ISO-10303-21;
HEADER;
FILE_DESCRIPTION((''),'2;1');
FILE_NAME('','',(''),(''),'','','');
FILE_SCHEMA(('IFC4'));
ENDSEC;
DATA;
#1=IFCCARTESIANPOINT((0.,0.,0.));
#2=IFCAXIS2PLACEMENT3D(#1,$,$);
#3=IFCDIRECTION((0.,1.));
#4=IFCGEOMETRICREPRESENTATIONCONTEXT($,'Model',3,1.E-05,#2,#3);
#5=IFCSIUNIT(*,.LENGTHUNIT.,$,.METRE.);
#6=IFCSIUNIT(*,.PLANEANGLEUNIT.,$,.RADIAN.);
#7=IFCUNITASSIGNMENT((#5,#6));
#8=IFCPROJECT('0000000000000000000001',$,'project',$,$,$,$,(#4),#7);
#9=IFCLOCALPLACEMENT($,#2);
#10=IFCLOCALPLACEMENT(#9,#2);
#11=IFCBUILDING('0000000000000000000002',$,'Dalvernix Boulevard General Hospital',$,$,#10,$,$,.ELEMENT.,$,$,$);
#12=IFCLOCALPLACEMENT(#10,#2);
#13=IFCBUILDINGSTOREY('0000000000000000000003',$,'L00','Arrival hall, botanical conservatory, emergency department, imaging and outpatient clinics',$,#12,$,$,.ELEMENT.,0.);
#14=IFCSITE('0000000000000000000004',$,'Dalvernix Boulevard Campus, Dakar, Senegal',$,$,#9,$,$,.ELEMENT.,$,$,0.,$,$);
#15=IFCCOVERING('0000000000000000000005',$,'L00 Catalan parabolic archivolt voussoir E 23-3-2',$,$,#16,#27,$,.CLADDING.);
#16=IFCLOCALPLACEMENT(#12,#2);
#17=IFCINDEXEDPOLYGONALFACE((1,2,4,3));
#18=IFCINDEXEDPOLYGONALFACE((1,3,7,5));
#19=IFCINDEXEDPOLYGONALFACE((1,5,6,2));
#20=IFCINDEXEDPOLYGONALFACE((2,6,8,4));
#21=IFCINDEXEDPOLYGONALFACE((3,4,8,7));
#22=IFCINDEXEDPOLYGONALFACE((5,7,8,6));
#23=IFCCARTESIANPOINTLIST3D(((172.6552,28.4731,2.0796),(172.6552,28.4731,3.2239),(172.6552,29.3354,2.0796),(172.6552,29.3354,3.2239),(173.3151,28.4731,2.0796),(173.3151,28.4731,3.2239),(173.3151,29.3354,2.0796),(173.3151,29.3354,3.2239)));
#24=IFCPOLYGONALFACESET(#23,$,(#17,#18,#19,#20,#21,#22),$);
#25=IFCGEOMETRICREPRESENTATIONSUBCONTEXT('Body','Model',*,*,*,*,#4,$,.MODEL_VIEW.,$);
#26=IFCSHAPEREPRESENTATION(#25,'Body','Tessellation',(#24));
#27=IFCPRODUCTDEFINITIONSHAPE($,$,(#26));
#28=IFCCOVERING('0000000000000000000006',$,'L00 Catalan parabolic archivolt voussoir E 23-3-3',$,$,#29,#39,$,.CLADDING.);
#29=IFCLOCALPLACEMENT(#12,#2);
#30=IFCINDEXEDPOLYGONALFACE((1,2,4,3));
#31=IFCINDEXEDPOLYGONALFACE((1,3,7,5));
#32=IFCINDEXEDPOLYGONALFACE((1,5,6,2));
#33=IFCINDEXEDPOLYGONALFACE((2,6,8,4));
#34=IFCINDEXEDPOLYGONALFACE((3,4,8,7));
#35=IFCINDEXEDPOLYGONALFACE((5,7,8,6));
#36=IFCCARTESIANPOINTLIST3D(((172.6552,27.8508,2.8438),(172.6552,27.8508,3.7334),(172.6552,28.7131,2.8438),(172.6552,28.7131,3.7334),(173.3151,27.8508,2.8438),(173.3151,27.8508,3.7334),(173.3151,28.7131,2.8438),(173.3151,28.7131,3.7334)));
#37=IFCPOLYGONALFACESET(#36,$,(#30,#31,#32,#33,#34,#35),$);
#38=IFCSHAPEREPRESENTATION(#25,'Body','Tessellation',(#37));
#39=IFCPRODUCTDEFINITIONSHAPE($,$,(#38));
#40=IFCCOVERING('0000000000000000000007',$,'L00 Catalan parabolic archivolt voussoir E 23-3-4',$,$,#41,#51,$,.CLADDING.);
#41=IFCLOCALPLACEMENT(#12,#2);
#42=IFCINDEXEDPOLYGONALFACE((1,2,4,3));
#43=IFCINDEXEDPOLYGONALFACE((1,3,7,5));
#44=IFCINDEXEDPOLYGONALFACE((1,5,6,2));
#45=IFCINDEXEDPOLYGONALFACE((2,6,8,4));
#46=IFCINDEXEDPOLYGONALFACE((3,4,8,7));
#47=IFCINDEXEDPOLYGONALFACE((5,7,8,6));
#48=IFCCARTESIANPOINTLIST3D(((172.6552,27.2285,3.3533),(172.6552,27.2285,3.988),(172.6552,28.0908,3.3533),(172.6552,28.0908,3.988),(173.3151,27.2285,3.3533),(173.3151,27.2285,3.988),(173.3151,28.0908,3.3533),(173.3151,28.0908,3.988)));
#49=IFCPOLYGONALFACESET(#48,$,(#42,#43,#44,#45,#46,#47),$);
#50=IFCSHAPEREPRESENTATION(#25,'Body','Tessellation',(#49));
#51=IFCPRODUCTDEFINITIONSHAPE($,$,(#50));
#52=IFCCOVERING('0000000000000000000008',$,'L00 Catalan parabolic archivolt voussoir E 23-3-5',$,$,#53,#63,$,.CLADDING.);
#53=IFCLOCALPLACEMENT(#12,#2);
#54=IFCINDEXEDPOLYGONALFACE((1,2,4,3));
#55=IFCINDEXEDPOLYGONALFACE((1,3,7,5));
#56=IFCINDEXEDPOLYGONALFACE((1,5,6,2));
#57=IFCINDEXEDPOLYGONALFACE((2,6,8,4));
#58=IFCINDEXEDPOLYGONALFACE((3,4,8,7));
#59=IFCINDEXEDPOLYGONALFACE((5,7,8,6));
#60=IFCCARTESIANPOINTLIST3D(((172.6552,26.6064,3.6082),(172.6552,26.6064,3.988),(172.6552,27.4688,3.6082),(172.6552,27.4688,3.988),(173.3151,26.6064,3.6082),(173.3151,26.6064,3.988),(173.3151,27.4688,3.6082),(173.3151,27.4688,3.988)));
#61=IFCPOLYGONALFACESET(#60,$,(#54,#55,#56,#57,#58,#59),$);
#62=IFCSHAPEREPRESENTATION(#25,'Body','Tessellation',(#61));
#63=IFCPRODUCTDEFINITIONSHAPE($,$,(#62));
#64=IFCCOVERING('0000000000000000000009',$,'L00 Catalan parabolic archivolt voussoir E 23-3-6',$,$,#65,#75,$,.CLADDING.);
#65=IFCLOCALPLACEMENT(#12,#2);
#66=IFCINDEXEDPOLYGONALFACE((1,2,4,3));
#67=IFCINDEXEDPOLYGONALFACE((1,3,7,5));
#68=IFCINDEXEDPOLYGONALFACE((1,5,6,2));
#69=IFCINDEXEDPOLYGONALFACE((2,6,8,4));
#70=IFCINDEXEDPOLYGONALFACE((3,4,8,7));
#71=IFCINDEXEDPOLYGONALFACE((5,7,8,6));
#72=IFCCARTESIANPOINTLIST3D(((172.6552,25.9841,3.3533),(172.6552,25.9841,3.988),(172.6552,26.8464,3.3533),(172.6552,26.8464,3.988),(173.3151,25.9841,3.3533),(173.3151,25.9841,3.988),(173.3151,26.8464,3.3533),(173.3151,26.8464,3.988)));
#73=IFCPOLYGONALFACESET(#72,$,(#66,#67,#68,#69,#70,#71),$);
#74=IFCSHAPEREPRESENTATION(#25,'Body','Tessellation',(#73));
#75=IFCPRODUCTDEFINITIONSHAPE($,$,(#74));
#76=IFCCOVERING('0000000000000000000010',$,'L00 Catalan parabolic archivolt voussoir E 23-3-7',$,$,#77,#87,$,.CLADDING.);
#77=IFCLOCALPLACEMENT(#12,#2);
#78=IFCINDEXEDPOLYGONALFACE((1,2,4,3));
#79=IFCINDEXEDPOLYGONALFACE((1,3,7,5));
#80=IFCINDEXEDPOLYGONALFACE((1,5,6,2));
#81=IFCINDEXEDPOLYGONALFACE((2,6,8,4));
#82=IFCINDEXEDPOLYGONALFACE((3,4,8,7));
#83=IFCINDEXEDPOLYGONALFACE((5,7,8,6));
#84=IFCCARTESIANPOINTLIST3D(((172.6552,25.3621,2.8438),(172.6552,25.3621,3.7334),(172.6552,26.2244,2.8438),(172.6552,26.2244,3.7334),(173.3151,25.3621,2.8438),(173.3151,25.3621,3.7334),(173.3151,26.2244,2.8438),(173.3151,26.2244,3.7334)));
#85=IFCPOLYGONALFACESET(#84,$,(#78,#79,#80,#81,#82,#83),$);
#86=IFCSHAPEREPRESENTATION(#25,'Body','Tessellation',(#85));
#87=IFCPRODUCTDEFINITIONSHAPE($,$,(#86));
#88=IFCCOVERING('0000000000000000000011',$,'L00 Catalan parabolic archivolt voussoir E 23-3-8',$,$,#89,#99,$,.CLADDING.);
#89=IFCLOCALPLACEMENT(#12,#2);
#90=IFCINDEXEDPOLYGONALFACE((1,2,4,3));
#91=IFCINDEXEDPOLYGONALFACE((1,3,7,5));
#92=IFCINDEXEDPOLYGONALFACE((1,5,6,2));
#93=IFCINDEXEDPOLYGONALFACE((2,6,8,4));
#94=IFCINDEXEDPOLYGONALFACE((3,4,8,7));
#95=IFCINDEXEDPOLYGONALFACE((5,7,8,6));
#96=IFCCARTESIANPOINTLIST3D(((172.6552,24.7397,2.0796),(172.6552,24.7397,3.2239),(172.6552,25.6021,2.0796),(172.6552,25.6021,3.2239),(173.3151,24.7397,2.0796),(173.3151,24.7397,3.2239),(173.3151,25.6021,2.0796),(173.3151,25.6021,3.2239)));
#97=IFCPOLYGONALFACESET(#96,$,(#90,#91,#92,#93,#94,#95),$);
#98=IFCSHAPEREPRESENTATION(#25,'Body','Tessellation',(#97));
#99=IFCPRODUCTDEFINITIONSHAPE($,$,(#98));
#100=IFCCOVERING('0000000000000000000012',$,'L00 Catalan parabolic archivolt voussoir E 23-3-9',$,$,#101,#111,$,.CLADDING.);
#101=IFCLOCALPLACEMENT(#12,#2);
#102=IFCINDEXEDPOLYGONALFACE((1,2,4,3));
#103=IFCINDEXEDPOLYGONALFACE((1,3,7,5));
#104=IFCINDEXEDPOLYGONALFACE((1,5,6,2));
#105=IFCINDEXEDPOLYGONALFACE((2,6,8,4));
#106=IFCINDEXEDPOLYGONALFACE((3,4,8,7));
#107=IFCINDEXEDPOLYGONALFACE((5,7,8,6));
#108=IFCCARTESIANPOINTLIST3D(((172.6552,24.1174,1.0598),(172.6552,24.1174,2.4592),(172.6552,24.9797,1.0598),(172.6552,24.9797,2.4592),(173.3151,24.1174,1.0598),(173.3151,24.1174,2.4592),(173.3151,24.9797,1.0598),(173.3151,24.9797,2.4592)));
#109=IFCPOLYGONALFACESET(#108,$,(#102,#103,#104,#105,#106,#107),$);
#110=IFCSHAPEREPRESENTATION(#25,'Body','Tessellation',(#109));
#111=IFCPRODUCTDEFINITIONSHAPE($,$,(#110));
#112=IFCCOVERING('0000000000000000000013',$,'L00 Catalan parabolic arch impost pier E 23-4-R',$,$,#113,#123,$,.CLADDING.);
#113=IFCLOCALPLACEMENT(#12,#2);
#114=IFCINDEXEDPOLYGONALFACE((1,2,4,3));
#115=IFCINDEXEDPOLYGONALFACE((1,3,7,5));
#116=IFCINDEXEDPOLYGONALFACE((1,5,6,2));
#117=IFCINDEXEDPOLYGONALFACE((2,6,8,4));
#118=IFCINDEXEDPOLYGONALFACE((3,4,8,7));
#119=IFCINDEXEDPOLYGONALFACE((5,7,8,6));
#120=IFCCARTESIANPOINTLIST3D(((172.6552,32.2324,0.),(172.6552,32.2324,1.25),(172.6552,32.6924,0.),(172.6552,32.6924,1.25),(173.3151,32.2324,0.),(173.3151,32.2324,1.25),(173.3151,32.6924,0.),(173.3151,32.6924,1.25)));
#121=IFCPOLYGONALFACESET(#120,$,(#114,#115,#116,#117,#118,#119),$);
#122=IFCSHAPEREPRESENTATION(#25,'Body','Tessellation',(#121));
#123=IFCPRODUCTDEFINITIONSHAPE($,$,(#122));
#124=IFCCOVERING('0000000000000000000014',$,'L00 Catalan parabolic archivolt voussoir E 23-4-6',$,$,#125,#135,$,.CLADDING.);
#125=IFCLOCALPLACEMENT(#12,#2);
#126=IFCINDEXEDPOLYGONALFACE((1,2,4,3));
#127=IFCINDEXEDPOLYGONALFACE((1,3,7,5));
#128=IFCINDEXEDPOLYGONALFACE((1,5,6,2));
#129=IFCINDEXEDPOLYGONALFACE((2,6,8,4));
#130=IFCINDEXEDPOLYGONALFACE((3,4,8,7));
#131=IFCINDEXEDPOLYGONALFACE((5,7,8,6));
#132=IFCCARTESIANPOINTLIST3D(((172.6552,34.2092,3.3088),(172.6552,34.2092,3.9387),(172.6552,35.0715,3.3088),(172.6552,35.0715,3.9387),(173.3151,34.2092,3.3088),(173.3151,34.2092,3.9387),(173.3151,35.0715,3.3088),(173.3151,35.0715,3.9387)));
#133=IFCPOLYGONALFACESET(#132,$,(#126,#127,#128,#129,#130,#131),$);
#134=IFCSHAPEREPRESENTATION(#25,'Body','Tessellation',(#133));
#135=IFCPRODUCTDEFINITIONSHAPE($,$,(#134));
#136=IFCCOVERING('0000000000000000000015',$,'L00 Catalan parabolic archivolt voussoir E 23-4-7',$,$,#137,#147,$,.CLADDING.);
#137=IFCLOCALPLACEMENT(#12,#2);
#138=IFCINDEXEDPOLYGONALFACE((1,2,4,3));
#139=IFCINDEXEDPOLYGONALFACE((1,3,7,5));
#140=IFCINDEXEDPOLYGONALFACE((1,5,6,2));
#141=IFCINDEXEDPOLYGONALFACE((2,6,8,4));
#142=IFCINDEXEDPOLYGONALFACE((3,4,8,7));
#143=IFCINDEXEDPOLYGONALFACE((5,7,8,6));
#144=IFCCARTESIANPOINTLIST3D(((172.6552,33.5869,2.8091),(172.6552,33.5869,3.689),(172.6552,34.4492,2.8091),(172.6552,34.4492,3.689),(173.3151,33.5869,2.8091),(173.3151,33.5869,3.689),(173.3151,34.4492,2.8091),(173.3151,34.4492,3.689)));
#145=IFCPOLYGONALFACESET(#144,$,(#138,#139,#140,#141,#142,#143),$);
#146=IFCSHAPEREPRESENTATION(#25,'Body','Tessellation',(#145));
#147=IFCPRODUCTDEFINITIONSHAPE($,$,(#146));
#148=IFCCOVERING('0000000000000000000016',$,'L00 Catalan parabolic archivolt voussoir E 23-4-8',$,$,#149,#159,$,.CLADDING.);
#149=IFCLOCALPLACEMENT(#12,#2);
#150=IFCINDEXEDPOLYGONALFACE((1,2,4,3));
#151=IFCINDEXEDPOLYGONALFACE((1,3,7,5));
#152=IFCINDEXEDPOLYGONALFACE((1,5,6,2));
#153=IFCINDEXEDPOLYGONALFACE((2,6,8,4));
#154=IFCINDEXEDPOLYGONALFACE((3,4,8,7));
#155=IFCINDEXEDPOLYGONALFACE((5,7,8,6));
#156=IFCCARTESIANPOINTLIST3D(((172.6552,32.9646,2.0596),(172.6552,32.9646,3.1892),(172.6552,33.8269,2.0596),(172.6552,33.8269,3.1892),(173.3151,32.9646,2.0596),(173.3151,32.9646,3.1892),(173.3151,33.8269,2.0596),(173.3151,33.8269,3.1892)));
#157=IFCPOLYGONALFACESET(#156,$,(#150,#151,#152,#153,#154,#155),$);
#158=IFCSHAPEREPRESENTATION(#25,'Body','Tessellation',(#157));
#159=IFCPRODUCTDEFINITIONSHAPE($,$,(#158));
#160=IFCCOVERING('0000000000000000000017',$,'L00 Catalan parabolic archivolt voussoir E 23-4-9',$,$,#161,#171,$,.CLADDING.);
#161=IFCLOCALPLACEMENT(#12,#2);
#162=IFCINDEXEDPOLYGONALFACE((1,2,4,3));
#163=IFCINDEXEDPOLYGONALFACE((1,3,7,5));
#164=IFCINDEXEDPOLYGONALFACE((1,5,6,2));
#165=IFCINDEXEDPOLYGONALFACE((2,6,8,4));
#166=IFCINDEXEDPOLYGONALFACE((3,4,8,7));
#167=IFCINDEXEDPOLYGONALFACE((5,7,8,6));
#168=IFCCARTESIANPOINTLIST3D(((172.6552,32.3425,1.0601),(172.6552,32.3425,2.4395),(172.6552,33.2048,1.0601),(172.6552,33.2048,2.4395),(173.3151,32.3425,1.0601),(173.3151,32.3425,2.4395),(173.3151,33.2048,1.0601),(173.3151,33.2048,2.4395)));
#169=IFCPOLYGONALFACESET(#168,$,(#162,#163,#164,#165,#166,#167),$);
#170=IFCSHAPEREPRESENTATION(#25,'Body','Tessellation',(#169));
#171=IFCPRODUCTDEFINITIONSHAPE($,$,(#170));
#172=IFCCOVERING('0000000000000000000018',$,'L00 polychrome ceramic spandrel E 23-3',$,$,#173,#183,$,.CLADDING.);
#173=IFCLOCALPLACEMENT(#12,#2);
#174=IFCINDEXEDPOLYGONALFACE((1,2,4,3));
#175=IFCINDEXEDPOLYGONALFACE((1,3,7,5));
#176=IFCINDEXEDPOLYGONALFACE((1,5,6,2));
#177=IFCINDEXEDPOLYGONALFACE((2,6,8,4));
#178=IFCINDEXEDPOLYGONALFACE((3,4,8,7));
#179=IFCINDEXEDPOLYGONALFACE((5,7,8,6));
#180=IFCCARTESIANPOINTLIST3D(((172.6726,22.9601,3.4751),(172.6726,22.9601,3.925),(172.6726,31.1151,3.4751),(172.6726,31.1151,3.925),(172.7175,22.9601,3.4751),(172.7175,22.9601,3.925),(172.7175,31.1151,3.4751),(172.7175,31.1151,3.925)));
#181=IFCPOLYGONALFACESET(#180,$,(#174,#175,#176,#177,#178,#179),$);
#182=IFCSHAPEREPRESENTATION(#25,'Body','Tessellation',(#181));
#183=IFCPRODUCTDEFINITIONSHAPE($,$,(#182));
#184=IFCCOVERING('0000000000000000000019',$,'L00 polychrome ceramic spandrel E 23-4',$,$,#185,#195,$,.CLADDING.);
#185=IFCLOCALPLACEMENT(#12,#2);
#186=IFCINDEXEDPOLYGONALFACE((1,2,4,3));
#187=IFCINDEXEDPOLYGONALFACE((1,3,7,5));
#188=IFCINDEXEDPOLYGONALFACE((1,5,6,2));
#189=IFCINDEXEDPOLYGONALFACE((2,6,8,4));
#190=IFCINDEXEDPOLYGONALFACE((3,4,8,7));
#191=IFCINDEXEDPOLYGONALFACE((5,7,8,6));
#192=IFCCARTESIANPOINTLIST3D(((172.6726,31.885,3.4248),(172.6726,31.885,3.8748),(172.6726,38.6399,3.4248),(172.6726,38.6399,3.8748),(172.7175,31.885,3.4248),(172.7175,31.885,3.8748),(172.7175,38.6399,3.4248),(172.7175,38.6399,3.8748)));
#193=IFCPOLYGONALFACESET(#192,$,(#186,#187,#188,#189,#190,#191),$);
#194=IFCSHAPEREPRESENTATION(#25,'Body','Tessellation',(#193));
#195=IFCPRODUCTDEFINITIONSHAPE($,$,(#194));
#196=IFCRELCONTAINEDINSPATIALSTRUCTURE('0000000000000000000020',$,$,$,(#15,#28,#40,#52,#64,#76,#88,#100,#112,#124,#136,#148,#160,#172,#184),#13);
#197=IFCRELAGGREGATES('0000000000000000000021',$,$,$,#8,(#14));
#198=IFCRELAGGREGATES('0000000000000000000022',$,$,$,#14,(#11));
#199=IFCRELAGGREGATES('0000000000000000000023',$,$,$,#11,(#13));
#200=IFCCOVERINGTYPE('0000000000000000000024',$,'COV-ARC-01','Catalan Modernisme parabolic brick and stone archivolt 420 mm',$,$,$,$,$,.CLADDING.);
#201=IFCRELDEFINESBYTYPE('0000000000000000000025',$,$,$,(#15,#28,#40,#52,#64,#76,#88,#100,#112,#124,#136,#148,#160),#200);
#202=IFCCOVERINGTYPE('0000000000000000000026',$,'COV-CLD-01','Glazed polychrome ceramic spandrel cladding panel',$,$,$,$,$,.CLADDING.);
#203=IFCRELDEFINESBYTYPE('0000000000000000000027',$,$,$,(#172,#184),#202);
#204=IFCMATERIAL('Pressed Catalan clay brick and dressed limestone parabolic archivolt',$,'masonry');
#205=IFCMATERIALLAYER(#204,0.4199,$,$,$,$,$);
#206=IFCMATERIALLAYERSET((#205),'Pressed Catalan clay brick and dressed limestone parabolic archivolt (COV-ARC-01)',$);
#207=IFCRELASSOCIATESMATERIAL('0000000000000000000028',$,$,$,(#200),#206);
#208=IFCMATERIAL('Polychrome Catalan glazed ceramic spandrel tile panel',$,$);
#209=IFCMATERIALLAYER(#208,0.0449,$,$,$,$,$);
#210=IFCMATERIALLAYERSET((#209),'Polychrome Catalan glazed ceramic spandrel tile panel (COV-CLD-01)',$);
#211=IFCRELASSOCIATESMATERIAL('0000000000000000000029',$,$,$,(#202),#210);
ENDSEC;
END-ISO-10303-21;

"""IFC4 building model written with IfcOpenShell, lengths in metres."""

from ifc_helpers import new_model, si_unit, direction, frame, origin, origin_2d, place, context, subcontext, project, spatial, rectangle, extrude, material, layer, layer_set, type_object, element, save


model = new_model("IFC4")

# Units and contexts
model_context = context("Model", 3, precision=1e-05, world=origin(), true_north=direction((0.0, 1.0)))
body_context = subcontext(model_context, "Body", "Model", "MODEL_VIEW")
ifc_project = project(units=[si_unit("LENGTHUNIT", "METRE"), si_unit("PLANEANGLEUNIT", "RADIAN")], contexts=[model_context])

# Site, building, storey
site_placement = place(None, origin())
site = spatial("IfcSite", under=ifc_project, at=site_placement, Name="Dalvernix Boulevard Campus, Dakar, Senegal", CompositionType="ELEMENT", RefElevation=0.0)
building_placement = place(site_placement, origin())
building = spatial("IfcBuilding", under=site, at=building_placement, Name="Dalvernix Boulevard General Hospital", CompositionType="ELEMENT")
storey_placement = place(building_placement, origin())
storey = spatial("IfcBuildingStorey", under=building, at=storey_placement, Name="L00", Description="Arrival hall, botanical conservatory, emergency department, imaging and outpatient clinics", CompositionType="ELEMENT", Elevation=0.0)

# Coverings
ifc_material_1 = material(Name="Pressed Catalan clay brick and dressed limestone parabolic archivolt", Category="masonry")
ifc_layer_1 = layer(ifc_material_1, 0.4199)
ifc_layer_set_1 = layer_set([ifc_layer_1], Name="Pressed Catalan clay brick and dressed limestone parabolic archivolt (COV-ARC-01)")
covering_type_1 = type_object("IfcCoveringType", Name="COV-ARC-01", Description="Catalan Modernisme parabolic brick and stone archivolt 420 mm", PredefinedType="CLADDING", material=ifc_layer_set_1)
covering_1_placement = place(storey_placement, frame((172.9851, 28.9043, 2.0796), z_axis=(0.0, 0.0, 1.0), x_axis=(0.0, -1.0, 0.0)))
element("IfcCovering", 1, at=covering_1_placement, inside=storey, type_object=covering_type_1, Name="L00 Catalan parabolic archivolt voussoir E 23-3-2", PredefinedType="CLADDING", context=body_context, shape_type="SweptSolid", body=[
    extrude(rectangle(XDim=0.8623, YDim=0.6599, at=origin_2d()), origin(), (0.0, 0.0, 1.0), 1.1443),
])
covering_2_placement = place(storey_placement, frame((172.9851, 28.282, 2.8438), z_axis=(0.0, 0.0, 1.0), x_axis=(0.0, -1.0, 0.0)))
element("IfcCovering", 2, at=covering_2_placement, inside=storey, type_object=covering_type_1, Name="L00 Catalan parabolic archivolt voussoir E 23-3-3", PredefinedType="CLADDING", context=body_context, shape_type="SweptSolid", body=[
    extrude(rectangle(XDim=0.8623, YDim=0.6599, at=origin_2d()), origin(), (0.0, 0.0, 1.0), 0.8896),
])
covering_3_placement = place(storey_placement, frame((172.9851, 27.6597, 3.3533), z_axis=(0.0, 0.0, 1.0), x_axis=(0.0, -1.0, 0.0)))
element("IfcCovering", 3, at=covering_3_placement, inside=storey, type_object=covering_type_1, Name="L00 Catalan parabolic archivolt voussoir E 23-3-4", PredefinedType="CLADDING", context=body_context, shape_type="SweptSolid", body=[
    extrude(rectangle(XDim=0.8623, YDim=0.6599, at=origin_2d()), origin(), (0.0, 0.0, 1.0), 0.6348),
])
covering_4_placement = place(storey_placement, frame((172.9851, 27.0376, 3.6082), z_axis=(0.0, 0.0, 1.0), x_axis=(0.0, -1.0, 0.0)))
element("IfcCovering", 4, at=covering_4_placement, inside=storey, type_object=covering_type_1, Name="L00 Catalan parabolic archivolt voussoir E 23-3-5", PredefinedType="CLADDING", context=body_context, shape_type="SweptSolid", body=[
    extrude(rectangle(XDim=0.8623, YDim=0.6599, at=origin_2d()), origin(), (0.0, 0.0, 1.0), 0.3799),
])
covering_5_placement = place(storey_placement, frame((172.9851, 26.4153, 3.3533), z_axis=(0.0, 0.0, 1.0), x_axis=(0.0, -1.0, 0.0)))
element("IfcCovering", 5, at=covering_5_placement, inside=storey, type_object=covering_type_1, Name="L00 Catalan parabolic archivolt voussoir E 23-3-6", PredefinedType="CLADDING", context=body_context, shape_type="SweptSolid", body=[
    extrude(rectangle(XDim=0.8623, YDim=0.6599, at=origin_2d()), origin(), (0.0, 0.0, 1.0), 0.6348),
])
covering_6_placement = place(storey_placement, frame((172.9851, 25.7932, 2.8438), z_axis=(0.0, 0.0, 1.0), x_axis=(0.0, -1.0, 0.0)))
element("IfcCovering", 6, at=covering_6_placement, inside=storey, type_object=covering_type_1, Name="L00 Catalan parabolic archivolt voussoir E 23-3-7", PredefinedType="CLADDING", context=body_context, shape_type="SweptSolid", body=[
    extrude(rectangle(XDim=0.8623, YDim=0.6599, at=origin_2d()), origin(), (0.0, 0.0, 1.0), 0.8896),
])
covering_7_placement = place(storey_placement, frame((172.9851, 25.1709, 2.0796), z_axis=(0.0, 0.0, 1.0), x_axis=(0.0, -1.0, 0.0)))
element("IfcCovering", 7, at=covering_7_placement, inside=storey, type_object=covering_type_1, Name="L00 Catalan parabolic archivolt voussoir E 23-3-8", PredefinedType="CLADDING", context=body_context, shape_type="SweptSolid", body=[
    extrude(rectangle(XDim=0.8623, YDim=0.6599, at=origin_2d()), origin(), (0.0, 0.0, 1.0), 1.1443),
])
covering_8_placement = place(storey_placement, frame((172.9851, 24.5486, 1.0598), z_axis=(0.0, 0.0, 1.0), x_axis=(0.0, -1.0, 0.0)))
element("IfcCovering", 8, at=covering_8_placement, inside=storey, type_object=covering_type_1, Name="L00 Catalan parabolic archivolt voussoir E 23-3-9", PredefinedType="CLADDING", context=body_context, shape_type="SweptSolid", body=[
    extrude(rectangle(XDim=0.8623, YDim=0.6599, at=origin_2d()), origin(), (0.0, 0.0, 1.0), 1.3994),
])
covering_9_placement = place(storey_placement, frame((172.9851, 32.4624, 0.0), z_axis=(0.0, 0.0, 1.0), x_axis=(0.0, -1.0, 0.0)))
element("IfcCovering", 9, at=covering_9_placement, inside=storey, type_object=covering_type_1, Name="L00 Catalan parabolic arch impost pier E 23-4-R", PredefinedType="CLADDING", context=body_context, shape_type="SweptSolid", body=[
    extrude(rectangle(XDim=0.46, YDim=0.6599, at=origin_2d()), origin(), (0.0, 0.0, 1.0), 1.25),
])
covering_10_placement = place(storey_placement, frame((172.9851, 34.6404, 3.3088), z_axis=(0.0, 0.0, 1.0), x_axis=(0.0, -1.0, 0.0)))
element("IfcCovering", 10, at=covering_10_placement, inside=storey, type_object=covering_type_1, Name="L00 Catalan parabolic archivolt voussoir E 23-4-6", PredefinedType="CLADDING", context=body_context, shape_type="SweptSolid", body=[
    extrude(rectangle(XDim=0.8623, YDim=0.6599, at=origin_2d()), origin(), (0.0, 0.0, 1.0), 0.6299),
])
covering_11_placement = place(storey_placement, frame((172.9851, 34.0181, 2.8091), z_axis=(0.0, 0.0, 1.0), x_axis=(0.0, -1.0, 0.0)))
element("IfcCovering", 11, at=covering_11_placement, inside=storey, type_object=covering_type_1, Name="L00 Catalan parabolic archivolt voussoir E 23-4-7", PredefinedType="CLADDING", context=body_context, shape_type="SweptSolid", body=[
    extrude(rectangle(XDim=0.8623, YDim=0.6599, at=origin_2d()), origin(), (0.0, 0.0, 1.0), 0.8799),
])
covering_12_placement = place(storey_placement, frame((172.9851, 33.3958, 2.0596), z_axis=(0.0, 0.0, 1.0), x_axis=(0.0, -1.0, 0.0)))
element("IfcCovering", 12, at=covering_12_placement, inside=storey, type_object=covering_type_1, Name="L00 Catalan parabolic archivolt voussoir E 23-4-8", PredefinedType="CLADDING", context=body_context, shape_type="SweptSolid", body=[
    extrude(rectangle(XDim=0.8623, YDim=0.6599, at=origin_2d()), origin(), (0.0, 0.0, 1.0), 1.1296),
])
covering_13_placement = place(storey_placement, frame((172.9851, 32.7737, 1.0601), z_axis=(0.0, 0.0, 1.0), x_axis=(0.0, -1.0, 0.0)))
element("IfcCovering", 13, at=covering_13_placement, inside=storey, type_object=covering_type_1, Name="L00 Catalan parabolic archivolt voussoir E 23-4-9", PredefinedType="CLADDING", context=body_context, shape_type="SweptSolid", body=[
    extrude(rectangle(XDim=0.8623, YDim=0.6599, at=origin_2d()), origin(), (0.0, 0.0, 1.0), 1.3794),
])
ifc_material_2 = material(Name="Polychrome Catalan glazed ceramic spandrel tile panel")
ifc_layer_2 = layer(ifc_material_2, 0.0449)
ifc_layer_set_2 = layer_set([ifc_layer_2], Name="Polychrome Catalan glazed ceramic spandrel tile panel (COV-CLD-01)")
covering_type_2 = type_object("IfcCoveringType", Name="COV-CLD-01", Description="Glazed polychrome ceramic spandrel cladding panel", PredefinedType="CLADDING", material=ifc_layer_set_2)
covering_14_placement = place(storey_placement, frame((172.6951, 27.0376, 3.4751), z_axis=(0.0, 0.0, 1.0), x_axis=(0.0, -1.0, 0.0)))
element("IfcCovering", 14, at=covering_14_placement, inside=storey, type_object=covering_type_2, Name="L00 polychrome ceramic spandrel E 23-3", PredefinedType="CLADDING", context=body_context, shape_type="SweptSolid", body=[
    extrude(rectangle(XDim=8.155, YDim=0.0449, at=origin_2d()), origin(), (0.0, 0.0, 1.0), 0.45),
])
covering_15_placement = place(storey_placement, frame((172.6951, 35.2625, 3.4248), z_axis=(0.0, 0.0, 1.0), x_axis=(0.0, -1.0, 0.0)))
element("IfcCovering", 15, at=covering_15_placement, inside=storey, type_object=covering_type_2, Name="L00 polychrome ceramic spandrel E 23-4", PredefinedType="CLADDING", context=body_context, shape_type="SweptSolid", body=[
    extrude(rectangle(XDim=6.7549, YDim=0.0449, at=origin_2d()), origin(), (0.0, 0.0, 1.0), 0.45),
])

save(model, "model.ifc")
